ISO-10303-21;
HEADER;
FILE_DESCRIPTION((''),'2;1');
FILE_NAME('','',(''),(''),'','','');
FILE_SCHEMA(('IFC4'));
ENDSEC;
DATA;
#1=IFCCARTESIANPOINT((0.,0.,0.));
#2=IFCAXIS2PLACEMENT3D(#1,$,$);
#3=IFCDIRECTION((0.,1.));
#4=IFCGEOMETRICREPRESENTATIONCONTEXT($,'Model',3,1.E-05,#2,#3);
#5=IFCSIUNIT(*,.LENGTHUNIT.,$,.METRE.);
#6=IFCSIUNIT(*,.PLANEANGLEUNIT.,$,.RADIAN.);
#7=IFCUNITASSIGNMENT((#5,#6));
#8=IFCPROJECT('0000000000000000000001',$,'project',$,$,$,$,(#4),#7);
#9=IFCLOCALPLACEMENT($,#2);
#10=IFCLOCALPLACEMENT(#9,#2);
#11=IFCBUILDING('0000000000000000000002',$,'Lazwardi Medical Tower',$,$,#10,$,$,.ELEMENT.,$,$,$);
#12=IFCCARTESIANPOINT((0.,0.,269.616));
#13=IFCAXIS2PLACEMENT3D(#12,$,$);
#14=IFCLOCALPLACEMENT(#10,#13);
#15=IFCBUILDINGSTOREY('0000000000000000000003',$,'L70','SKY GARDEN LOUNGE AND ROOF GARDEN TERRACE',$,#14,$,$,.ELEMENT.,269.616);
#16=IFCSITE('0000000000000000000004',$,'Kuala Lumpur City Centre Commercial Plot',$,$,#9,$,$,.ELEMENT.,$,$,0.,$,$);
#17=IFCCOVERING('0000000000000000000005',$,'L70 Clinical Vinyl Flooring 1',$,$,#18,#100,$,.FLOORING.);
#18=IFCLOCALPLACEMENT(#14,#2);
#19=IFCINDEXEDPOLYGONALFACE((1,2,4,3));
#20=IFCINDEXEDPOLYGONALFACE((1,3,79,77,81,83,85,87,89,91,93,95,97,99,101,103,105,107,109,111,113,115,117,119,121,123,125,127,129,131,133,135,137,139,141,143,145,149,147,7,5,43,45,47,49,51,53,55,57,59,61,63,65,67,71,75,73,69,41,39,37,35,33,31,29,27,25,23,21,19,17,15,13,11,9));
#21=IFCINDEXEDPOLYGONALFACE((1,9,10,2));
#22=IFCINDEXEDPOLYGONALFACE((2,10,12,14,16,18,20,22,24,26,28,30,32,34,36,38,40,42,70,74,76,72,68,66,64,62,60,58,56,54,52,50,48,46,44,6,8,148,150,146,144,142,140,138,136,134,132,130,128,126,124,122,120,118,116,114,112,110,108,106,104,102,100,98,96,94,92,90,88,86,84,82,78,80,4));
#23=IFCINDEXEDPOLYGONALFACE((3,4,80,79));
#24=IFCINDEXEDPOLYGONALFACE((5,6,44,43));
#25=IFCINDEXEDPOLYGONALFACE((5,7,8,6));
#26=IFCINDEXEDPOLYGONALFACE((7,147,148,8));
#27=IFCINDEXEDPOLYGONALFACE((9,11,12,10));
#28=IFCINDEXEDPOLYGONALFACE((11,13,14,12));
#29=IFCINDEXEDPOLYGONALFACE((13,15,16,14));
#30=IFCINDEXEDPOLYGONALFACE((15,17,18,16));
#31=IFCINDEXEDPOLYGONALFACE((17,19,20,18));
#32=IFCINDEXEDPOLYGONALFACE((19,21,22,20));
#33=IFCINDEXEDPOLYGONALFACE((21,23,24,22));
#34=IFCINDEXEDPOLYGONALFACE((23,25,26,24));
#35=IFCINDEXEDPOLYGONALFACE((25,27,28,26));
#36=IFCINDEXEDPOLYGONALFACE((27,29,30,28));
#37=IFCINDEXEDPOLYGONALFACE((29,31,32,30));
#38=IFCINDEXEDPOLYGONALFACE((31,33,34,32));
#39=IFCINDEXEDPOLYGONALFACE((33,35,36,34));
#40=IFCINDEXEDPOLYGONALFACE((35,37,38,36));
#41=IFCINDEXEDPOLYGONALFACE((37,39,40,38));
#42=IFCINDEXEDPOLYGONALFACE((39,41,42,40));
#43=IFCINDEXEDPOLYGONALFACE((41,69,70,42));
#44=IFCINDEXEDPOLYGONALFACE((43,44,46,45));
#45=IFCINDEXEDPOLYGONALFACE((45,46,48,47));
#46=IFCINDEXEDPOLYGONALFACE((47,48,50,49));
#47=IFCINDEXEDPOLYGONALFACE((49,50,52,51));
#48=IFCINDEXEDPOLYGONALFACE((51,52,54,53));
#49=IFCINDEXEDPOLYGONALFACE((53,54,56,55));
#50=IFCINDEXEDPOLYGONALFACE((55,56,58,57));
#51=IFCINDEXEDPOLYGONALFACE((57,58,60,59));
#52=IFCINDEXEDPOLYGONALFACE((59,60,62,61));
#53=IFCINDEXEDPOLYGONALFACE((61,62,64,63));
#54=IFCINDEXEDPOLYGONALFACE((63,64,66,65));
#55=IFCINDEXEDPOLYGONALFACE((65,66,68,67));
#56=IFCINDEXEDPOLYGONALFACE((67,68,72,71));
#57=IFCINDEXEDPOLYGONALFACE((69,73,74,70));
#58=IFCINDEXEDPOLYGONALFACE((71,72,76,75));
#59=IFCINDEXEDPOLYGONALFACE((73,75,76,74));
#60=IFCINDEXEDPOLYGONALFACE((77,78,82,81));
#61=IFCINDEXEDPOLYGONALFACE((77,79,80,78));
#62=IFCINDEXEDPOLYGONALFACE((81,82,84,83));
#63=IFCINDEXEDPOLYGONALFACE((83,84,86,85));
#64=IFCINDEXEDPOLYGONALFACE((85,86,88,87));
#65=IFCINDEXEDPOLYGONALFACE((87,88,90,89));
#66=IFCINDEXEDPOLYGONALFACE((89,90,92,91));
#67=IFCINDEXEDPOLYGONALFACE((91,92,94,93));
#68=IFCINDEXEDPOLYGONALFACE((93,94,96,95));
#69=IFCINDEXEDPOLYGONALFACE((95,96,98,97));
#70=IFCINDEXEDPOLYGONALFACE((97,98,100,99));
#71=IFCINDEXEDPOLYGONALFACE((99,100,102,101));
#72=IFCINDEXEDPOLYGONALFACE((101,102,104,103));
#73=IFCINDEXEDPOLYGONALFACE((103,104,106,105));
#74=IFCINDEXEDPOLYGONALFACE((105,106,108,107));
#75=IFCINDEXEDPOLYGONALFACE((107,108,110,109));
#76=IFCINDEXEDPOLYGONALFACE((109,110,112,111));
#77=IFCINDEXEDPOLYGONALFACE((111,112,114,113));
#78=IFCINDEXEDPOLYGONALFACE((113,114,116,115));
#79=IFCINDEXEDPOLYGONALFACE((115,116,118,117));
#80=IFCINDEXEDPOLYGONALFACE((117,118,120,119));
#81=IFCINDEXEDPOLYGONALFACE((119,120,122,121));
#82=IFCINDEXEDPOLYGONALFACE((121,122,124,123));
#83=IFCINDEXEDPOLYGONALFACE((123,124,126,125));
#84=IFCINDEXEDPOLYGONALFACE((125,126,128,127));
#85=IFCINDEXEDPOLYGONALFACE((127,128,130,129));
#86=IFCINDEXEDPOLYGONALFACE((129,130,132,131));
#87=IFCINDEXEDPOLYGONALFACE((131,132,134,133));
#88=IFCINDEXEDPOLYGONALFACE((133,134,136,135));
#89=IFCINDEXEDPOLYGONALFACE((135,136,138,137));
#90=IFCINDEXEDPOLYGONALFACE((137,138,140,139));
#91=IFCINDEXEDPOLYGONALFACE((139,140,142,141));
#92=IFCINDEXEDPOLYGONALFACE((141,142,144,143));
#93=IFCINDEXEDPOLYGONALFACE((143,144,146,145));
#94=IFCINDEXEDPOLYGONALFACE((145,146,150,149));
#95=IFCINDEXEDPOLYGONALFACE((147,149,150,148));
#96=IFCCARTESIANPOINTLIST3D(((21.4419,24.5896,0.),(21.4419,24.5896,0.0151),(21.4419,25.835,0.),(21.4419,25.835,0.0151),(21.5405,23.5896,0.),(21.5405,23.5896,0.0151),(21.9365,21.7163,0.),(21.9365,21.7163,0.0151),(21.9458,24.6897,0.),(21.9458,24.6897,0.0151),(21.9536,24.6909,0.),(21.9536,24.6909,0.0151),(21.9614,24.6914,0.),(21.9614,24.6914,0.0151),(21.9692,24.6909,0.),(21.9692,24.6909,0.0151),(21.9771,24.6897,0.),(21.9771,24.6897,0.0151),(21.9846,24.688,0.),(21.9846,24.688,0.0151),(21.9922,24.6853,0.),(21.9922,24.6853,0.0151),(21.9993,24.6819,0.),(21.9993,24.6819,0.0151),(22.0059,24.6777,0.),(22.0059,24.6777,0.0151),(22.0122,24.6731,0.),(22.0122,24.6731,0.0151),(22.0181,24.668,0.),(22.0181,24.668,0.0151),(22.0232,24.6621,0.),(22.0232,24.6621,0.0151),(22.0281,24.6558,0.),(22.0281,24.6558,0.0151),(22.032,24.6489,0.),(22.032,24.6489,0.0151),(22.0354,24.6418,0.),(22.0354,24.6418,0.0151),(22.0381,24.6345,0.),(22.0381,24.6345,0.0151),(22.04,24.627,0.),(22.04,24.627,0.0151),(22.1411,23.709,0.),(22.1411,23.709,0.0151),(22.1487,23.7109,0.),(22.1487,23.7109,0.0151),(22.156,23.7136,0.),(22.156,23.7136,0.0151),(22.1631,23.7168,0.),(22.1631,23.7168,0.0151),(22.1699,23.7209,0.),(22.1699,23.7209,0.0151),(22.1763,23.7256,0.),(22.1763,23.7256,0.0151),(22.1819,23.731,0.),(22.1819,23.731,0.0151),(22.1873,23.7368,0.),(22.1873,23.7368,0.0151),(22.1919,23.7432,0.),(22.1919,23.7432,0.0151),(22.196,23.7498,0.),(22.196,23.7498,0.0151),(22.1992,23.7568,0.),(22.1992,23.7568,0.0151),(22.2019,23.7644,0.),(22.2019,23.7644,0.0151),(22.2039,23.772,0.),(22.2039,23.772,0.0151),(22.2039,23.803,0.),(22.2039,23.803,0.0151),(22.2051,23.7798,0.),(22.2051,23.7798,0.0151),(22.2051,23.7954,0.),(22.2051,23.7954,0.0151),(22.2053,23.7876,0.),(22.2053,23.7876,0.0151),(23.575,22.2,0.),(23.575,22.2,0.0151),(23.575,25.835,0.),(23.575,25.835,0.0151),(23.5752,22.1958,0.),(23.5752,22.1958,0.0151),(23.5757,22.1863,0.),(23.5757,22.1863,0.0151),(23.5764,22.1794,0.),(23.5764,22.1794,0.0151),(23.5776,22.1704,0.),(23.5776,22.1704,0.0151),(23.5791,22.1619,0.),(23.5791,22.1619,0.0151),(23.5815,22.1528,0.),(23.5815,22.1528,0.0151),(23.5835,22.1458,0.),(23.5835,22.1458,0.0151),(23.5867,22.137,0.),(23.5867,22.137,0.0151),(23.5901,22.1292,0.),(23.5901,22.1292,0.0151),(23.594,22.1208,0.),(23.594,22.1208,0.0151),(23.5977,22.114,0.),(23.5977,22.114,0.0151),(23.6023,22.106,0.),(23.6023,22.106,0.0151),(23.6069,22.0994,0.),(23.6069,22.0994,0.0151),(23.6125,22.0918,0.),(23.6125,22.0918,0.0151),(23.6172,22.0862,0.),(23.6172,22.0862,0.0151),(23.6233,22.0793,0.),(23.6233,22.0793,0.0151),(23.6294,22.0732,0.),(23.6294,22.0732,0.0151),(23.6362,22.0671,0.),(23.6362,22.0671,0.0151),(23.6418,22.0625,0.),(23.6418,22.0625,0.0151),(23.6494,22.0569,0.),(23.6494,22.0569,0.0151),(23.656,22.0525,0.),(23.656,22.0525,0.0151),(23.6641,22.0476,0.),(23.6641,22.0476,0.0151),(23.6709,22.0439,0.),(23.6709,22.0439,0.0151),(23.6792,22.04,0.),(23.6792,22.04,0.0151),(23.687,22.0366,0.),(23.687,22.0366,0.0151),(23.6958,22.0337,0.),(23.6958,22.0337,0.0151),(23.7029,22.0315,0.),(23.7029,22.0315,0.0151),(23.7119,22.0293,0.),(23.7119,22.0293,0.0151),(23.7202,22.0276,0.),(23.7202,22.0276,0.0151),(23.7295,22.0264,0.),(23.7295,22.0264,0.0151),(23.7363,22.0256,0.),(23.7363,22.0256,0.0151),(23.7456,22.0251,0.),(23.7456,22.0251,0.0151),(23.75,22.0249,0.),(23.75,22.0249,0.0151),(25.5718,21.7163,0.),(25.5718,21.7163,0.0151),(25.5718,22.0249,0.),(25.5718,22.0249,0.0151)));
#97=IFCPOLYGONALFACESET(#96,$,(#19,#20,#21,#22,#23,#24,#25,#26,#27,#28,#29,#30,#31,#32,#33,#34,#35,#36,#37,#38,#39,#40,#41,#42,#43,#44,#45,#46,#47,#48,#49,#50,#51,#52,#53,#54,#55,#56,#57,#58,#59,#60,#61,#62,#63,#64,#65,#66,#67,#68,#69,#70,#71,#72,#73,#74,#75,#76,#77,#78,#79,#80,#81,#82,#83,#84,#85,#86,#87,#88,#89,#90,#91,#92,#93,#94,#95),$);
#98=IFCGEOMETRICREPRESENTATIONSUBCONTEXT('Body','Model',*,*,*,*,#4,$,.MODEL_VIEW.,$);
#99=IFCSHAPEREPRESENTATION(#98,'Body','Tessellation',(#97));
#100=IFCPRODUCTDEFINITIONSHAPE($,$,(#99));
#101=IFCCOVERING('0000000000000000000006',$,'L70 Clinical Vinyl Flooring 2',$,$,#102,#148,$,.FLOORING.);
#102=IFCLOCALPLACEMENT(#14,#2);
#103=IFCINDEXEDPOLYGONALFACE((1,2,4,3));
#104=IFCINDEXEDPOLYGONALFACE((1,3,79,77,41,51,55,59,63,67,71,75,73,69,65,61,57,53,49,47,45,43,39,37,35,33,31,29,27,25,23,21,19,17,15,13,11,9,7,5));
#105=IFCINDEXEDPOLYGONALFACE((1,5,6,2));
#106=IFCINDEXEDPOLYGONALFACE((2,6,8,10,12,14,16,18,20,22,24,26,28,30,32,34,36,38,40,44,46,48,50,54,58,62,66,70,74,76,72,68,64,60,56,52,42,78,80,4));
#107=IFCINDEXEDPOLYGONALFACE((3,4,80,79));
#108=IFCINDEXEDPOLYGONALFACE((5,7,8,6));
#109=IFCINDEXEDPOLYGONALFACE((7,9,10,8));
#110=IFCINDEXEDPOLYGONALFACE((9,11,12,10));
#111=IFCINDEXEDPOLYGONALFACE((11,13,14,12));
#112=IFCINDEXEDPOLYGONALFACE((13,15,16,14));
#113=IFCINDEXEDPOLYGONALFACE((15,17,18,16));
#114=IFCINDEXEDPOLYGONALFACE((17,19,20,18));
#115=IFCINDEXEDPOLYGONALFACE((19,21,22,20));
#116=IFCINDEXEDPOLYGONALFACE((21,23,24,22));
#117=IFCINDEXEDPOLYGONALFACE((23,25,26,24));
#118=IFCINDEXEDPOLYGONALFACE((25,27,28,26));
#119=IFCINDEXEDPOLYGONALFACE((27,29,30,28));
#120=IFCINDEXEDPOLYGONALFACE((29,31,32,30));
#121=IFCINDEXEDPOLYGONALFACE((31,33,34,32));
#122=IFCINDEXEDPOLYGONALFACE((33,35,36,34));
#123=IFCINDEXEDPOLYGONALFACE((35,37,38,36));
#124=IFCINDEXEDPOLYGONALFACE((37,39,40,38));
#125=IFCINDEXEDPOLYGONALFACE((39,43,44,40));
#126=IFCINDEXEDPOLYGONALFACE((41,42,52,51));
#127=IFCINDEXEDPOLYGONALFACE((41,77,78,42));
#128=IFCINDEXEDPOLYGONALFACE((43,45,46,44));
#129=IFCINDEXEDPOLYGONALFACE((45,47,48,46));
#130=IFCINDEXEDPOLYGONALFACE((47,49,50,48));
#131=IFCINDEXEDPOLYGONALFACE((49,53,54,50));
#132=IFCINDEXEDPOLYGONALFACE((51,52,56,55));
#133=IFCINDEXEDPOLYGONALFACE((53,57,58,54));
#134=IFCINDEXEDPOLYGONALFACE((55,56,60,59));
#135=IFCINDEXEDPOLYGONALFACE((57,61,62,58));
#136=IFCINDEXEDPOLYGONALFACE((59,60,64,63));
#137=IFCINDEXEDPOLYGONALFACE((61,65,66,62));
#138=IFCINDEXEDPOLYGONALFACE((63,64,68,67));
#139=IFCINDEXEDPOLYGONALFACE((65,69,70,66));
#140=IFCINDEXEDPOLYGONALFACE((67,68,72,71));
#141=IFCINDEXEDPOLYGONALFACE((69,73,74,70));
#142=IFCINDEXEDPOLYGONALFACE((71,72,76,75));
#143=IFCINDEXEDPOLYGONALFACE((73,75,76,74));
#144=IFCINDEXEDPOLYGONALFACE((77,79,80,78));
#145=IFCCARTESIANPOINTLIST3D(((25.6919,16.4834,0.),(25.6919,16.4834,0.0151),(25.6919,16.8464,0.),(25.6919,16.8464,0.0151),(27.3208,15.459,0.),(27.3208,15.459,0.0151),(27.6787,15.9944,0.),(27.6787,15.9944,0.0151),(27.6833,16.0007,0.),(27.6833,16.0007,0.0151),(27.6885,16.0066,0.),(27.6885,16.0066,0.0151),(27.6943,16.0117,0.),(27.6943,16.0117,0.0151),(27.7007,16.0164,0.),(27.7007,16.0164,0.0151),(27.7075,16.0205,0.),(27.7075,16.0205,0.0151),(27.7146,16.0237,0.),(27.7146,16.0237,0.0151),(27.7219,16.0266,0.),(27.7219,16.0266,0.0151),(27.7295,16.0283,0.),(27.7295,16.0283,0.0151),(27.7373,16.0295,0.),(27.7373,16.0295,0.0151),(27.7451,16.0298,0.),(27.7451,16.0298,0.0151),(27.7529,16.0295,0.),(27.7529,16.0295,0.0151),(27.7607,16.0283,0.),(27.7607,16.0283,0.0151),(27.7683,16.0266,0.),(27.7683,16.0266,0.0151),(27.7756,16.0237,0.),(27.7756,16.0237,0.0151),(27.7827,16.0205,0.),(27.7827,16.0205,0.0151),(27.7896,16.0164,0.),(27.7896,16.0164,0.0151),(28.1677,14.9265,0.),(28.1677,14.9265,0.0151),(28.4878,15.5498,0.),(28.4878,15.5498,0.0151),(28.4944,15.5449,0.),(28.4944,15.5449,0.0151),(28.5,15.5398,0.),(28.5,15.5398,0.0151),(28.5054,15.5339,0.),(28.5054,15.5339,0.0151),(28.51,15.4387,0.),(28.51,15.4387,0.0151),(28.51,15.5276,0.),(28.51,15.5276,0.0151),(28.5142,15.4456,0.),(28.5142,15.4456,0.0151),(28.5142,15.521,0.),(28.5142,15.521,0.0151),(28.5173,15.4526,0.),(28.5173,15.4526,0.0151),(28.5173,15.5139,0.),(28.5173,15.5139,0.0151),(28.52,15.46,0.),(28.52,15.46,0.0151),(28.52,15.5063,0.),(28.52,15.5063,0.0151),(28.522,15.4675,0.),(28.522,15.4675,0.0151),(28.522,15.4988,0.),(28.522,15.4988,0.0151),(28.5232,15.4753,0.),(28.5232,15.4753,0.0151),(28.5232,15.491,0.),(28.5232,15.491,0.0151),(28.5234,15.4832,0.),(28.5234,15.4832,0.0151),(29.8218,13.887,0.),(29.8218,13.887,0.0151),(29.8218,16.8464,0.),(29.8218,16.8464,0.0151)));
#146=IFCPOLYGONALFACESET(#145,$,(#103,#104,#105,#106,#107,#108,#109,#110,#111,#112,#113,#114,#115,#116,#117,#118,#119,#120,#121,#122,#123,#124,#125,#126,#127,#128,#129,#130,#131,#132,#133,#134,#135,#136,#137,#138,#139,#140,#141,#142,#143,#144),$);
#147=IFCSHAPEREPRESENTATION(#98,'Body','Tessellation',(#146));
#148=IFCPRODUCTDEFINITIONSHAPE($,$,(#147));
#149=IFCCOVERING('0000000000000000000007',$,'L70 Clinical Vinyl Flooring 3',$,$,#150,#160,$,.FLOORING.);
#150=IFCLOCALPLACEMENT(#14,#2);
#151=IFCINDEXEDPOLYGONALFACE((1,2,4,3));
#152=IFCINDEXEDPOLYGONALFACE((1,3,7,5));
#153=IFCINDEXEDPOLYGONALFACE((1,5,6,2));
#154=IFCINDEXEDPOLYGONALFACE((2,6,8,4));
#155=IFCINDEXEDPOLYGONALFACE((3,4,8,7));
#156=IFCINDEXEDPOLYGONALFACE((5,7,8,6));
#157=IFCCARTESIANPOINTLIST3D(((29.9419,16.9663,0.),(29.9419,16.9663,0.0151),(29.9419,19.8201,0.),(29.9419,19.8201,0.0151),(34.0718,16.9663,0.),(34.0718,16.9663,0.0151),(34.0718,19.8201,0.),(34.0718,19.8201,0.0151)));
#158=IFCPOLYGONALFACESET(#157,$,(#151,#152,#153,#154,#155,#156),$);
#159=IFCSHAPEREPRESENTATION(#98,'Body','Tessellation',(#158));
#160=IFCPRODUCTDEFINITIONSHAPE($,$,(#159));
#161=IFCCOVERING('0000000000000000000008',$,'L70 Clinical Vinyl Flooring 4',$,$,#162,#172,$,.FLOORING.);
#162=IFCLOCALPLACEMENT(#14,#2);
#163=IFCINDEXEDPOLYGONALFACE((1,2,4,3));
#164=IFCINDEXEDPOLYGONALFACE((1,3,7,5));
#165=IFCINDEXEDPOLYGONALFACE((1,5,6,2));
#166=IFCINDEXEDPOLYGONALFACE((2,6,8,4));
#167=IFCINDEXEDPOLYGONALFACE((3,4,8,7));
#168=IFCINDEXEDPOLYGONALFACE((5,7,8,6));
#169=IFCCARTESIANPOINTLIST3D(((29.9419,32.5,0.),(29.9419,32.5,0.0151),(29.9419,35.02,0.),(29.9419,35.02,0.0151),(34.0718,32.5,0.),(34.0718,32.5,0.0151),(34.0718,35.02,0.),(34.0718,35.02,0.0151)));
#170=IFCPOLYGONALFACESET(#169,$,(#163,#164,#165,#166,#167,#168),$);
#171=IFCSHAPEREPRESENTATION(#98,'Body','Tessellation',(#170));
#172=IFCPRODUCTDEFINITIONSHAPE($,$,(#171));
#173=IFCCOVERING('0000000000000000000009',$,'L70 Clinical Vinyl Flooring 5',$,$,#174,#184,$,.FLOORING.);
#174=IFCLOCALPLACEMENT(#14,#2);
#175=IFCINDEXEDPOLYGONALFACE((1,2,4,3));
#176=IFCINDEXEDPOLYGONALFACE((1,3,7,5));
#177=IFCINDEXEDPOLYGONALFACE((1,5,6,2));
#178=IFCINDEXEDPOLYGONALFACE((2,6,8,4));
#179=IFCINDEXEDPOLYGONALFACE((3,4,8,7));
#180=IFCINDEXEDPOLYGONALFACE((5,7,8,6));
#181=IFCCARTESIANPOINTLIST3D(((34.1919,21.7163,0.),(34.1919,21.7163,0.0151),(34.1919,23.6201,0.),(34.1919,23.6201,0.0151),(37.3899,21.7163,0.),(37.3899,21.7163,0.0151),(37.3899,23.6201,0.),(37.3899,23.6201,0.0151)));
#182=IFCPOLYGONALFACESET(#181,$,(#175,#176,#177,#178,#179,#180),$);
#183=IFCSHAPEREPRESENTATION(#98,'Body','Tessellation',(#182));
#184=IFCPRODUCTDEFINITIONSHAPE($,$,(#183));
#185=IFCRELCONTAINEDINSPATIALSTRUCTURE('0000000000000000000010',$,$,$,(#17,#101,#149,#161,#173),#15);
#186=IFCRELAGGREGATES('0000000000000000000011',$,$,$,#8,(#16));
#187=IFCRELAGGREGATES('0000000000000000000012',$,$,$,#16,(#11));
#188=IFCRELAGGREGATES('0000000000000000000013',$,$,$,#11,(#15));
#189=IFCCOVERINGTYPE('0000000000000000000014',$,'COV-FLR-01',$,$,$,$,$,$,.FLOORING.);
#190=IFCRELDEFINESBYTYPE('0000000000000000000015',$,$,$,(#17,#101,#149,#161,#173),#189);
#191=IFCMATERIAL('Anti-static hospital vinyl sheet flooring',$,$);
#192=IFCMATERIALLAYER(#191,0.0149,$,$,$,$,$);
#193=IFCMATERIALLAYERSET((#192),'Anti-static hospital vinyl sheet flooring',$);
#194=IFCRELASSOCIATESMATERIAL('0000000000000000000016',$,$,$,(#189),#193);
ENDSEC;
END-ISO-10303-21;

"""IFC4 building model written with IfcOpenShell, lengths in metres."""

from ifc_helpers import new_model, si_unit, direction, frame, origin, place, context, subcontext, project, spatial, polyline, outline, extrude, material, layer, layer_set, type_object, element, save


model = new_model("IFC4")

# Units and contexts
model_context = context("Model", 3, precision=1e-05, world=origin(), true_north=direction((0.0, 1.0)))
body_context = subcontext(model_context, "Body", "Model", "MODEL_VIEW")
ifc_project = project(units=[si_unit("LENGTHUNIT", "METRE"), si_unit("PLANEANGLEUNIT", "RADIAN")], contexts=[model_context])

# Site, building, storey
site_placement = place(None, origin())
site = spatial("IfcSite", under=ifc_project, at=site_placement, Name="Kuala Lumpur City Centre Commercial Plot", CompositionType="ELEMENT", RefElevation=0.0)
building_placement = place(site_placement, origin())
building = spatial("IfcBuilding", under=site, at=building_placement, Name="Lazwardi Medical Tower", CompositionType="ELEMENT")
storey_placement = place(building_placement, frame((0.0, 0.0, 269.616)))
storey = spatial("IfcBuildingStorey", under=building, at=storey_placement, Name="L70", Description="SKY GARDEN LOUNGE AND ROOF GARDEN TERRACE", CompositionType="ELEMENT", Elevation=269.616)

# Coverings
ifc_material_1 = material(Name="Anti-static hospital vinyl sheet flooring")
ifc_layer_1 = layer(ifc_material_1, 0.0149)
ifc_layer_set_1 = layer_set([ifc_layer_1], Name="Anti-static hospital vinyl sheet flooring")
covering_type_1 = type_object("IfcCoveringType", Name="COV-FLR-01", PredefinedType="FLOORING", material=ifc_layer_set_1)
covering_1_placement = place(storey_placement, origin())
element("IfcCovering", 1, at=covering_1_placement, inside=storey, type_object=covering_type_1, Name="L70 Clinical Vinyl Flooring 1", PredefinedType="FLOORING", context=body_context, shape_type="SweptSolid", body=[
    extrude(outline(polyline([(25.5718, 22.0249), (23.75, 22.0249), (23.7456, 22.0251), (23.7363, 22.0256), (23.7295, 22.0264), (23.7202, 22.0276), (23.7119, 22.0293), (23.7029, 22.0315), (23.6958, 22.0337), (23.687, 22.0366), (23.6792, 22.04), (23.6709, 22.0439), (23.6641, 22.0476), (23.656, 22.0525), (23.6494, 22.0569), (23.6418, 22.0625), (23.6362, 22.0671), (23.6294, 22.0732), (23.6233, 22.0793), (23.6172, 22.0862), (23.6125, 22.0918), (23.6069, 22.0994), (23.6023, 22.106), (23.5977, 22.114), (23.594, 22.1208), (23.5901, 22.1292), (23.5867, 22.137), (23.5835, 22.1458), (23.5815, 22.1528), (23.5791, 22.1619), (23.5776, 22.1704), (23.5764, 22.1794), (23.5757, 22.1863), (23.5752, 22.1958), (23.575, 22.2), (23.575, 25.835), (21.4419, 25.835), (21.4419, 24.5896), (21.9458, 24.6897), (21.9536, 24.6909), (21.9614, 24.6914), (21.9692, 24.6909), (21.9771, 24.6897), (21.9846, 24.688), (21.9922, 24.6853), (21.9993, 24.6819), (22.0059, 24.6777), (22.0122, 24.6731), (22.0181, 24.668), (22.0232, 24.6621), (22.0281, 24.6558), (22.032, 24.6489), (22.0354, 24.6418), (22.0381, 24.6345), (22.04, 24.627), (22.2039, 23.803), (22.2051, 23.7954), (22.2053, 23.7876), (22.2051, 23.7798), (22.2039, 23.772), (22.2019, 23.7644), (22.1992, 23.7568), (22.196, 23.7498), (22.1919, 23.7432), (22.1873, 23.7368), (22.1819, 23.731), (22.1763, 23.7256), (22.1699, 23.7209), (22.1631, 23.7168), (22.156, 23.7136), (22.1487, 23.7109), (22.1411, 23.709), (21.5405, 23.5896), (21.9365, 21.7163), (25.5718, 21.7163), (25.5718, 22.0249)])), origin(), (0.0, 0.0, 1.0), 0.0151),
])
covering_2_placement = place(storey_placement, origin())
element("IfcCovering", 2, at=covering_2_placement, inside=storey, type_object=covering_type_1, Name="L70 Clinical Vinyl Flooring 2", PredefinedType="FLOORING", context=body_context, shape_type="SweptSolid", body=[
    extrude(outline(polyline([(25.6919, 16.4834), (27.3208, 15.459), (27.6787, 15.9944), (27.6833, 16.0007), (27.6885, 16.0066), (27.6943, 16.0117), (27.7007, 16.0164), (27.7075, 16.0205), (27.7146, 16.0237), (27.7219, 16.0266), (27.7295, 16.0283), (27.7373, 16.0295), (27.7451, 16.0298), (27.7529, 16.0295), (27.7607, 16.0283), (27.7683, 16.0266), (27.7756, 16.0237), (27.7827, 16.0205), (27.7896, 16.0164), (28.4878, 15.5498), (28.4944, 15.5449), (28.5, 15.5398), (28.5054, 15.5339), (28.51, 15.5276), (28.5142, 15.521), (28.5173, 15.5139), (28.52, 15.5063), (28.522, 15.4988), (28.5232, 15.491), (28.5234, 15.4832), (28.5232, 15.4753), (28.522, 15.4675), (28.52, 15.46), (28.5173, 15.4526), (28.5142, 15.4456), (28.51, 15.4387), (28.1677, 14.9265), (29.8218, 13.887), (29.8218, 16.8464), (25.6919, 16.8464), (25.6919, 16.4834)])), origin(), (0.0, 0.0, 1.0), 0.0151),
])
covering_3_placement = place(storey_placement, origin())
element("IfcCovering", 3, at=covering_3_placement, inside=storey, type_object=covering_type_1, Name="L70 Clinical Vinyl Flooring 3", PredefinedType="FLOORING", context=body_context, shape_type="SweptSolid", body=[
    extrude(outline(polyline([(34.0718, 19.8201), (29.9419, 19.8201), (29.9419, 16.9663), (34.0718, 16.9663), (34.0718, 19.8201)])), origin(), (0.0, 0.0, 1.0), 0.0151),
])
covering_4_placement = place(storey_placement, origin())
element("IfcCovering", 4, at=covering_4_placement, inside=storey, type_object=covering_type_1, Name="L70 Clinical Vinyl Flooring 4", PredefinedType="FLOORING", context=body_context, shape_type="SweptSolid", body=[
    extrude(outline(polyline([(34.0718, 35.02), (29.9419, 35.02), (29.9419, 32.5), (34.0718, 32.5), (34.0718, 35.02)])), origin(), (0.0, 0.0, 1.0), 0.0151),
])
covering_5_placement = place(storey_placement, origin())
element("IfcCovering", 5, at=covering_5_placement, inside=storey, type_object=covering_type_1, Name="L70 Clinical Vinyl Flooring 5", PredefinedType="FLOORING", context=body_context, shape_type="SweptSolid", body=[
    extrude(outline(polyline([(37.3899, 21.7163), (37.3899, 23.6201), (34.1919, 23.6201), (34.1919, 21.7163), (37.3899, 21.7163)])), origin(), (0.0, 0.0, 1.0), 0.0151),
])

save(model, "model.ifc")
